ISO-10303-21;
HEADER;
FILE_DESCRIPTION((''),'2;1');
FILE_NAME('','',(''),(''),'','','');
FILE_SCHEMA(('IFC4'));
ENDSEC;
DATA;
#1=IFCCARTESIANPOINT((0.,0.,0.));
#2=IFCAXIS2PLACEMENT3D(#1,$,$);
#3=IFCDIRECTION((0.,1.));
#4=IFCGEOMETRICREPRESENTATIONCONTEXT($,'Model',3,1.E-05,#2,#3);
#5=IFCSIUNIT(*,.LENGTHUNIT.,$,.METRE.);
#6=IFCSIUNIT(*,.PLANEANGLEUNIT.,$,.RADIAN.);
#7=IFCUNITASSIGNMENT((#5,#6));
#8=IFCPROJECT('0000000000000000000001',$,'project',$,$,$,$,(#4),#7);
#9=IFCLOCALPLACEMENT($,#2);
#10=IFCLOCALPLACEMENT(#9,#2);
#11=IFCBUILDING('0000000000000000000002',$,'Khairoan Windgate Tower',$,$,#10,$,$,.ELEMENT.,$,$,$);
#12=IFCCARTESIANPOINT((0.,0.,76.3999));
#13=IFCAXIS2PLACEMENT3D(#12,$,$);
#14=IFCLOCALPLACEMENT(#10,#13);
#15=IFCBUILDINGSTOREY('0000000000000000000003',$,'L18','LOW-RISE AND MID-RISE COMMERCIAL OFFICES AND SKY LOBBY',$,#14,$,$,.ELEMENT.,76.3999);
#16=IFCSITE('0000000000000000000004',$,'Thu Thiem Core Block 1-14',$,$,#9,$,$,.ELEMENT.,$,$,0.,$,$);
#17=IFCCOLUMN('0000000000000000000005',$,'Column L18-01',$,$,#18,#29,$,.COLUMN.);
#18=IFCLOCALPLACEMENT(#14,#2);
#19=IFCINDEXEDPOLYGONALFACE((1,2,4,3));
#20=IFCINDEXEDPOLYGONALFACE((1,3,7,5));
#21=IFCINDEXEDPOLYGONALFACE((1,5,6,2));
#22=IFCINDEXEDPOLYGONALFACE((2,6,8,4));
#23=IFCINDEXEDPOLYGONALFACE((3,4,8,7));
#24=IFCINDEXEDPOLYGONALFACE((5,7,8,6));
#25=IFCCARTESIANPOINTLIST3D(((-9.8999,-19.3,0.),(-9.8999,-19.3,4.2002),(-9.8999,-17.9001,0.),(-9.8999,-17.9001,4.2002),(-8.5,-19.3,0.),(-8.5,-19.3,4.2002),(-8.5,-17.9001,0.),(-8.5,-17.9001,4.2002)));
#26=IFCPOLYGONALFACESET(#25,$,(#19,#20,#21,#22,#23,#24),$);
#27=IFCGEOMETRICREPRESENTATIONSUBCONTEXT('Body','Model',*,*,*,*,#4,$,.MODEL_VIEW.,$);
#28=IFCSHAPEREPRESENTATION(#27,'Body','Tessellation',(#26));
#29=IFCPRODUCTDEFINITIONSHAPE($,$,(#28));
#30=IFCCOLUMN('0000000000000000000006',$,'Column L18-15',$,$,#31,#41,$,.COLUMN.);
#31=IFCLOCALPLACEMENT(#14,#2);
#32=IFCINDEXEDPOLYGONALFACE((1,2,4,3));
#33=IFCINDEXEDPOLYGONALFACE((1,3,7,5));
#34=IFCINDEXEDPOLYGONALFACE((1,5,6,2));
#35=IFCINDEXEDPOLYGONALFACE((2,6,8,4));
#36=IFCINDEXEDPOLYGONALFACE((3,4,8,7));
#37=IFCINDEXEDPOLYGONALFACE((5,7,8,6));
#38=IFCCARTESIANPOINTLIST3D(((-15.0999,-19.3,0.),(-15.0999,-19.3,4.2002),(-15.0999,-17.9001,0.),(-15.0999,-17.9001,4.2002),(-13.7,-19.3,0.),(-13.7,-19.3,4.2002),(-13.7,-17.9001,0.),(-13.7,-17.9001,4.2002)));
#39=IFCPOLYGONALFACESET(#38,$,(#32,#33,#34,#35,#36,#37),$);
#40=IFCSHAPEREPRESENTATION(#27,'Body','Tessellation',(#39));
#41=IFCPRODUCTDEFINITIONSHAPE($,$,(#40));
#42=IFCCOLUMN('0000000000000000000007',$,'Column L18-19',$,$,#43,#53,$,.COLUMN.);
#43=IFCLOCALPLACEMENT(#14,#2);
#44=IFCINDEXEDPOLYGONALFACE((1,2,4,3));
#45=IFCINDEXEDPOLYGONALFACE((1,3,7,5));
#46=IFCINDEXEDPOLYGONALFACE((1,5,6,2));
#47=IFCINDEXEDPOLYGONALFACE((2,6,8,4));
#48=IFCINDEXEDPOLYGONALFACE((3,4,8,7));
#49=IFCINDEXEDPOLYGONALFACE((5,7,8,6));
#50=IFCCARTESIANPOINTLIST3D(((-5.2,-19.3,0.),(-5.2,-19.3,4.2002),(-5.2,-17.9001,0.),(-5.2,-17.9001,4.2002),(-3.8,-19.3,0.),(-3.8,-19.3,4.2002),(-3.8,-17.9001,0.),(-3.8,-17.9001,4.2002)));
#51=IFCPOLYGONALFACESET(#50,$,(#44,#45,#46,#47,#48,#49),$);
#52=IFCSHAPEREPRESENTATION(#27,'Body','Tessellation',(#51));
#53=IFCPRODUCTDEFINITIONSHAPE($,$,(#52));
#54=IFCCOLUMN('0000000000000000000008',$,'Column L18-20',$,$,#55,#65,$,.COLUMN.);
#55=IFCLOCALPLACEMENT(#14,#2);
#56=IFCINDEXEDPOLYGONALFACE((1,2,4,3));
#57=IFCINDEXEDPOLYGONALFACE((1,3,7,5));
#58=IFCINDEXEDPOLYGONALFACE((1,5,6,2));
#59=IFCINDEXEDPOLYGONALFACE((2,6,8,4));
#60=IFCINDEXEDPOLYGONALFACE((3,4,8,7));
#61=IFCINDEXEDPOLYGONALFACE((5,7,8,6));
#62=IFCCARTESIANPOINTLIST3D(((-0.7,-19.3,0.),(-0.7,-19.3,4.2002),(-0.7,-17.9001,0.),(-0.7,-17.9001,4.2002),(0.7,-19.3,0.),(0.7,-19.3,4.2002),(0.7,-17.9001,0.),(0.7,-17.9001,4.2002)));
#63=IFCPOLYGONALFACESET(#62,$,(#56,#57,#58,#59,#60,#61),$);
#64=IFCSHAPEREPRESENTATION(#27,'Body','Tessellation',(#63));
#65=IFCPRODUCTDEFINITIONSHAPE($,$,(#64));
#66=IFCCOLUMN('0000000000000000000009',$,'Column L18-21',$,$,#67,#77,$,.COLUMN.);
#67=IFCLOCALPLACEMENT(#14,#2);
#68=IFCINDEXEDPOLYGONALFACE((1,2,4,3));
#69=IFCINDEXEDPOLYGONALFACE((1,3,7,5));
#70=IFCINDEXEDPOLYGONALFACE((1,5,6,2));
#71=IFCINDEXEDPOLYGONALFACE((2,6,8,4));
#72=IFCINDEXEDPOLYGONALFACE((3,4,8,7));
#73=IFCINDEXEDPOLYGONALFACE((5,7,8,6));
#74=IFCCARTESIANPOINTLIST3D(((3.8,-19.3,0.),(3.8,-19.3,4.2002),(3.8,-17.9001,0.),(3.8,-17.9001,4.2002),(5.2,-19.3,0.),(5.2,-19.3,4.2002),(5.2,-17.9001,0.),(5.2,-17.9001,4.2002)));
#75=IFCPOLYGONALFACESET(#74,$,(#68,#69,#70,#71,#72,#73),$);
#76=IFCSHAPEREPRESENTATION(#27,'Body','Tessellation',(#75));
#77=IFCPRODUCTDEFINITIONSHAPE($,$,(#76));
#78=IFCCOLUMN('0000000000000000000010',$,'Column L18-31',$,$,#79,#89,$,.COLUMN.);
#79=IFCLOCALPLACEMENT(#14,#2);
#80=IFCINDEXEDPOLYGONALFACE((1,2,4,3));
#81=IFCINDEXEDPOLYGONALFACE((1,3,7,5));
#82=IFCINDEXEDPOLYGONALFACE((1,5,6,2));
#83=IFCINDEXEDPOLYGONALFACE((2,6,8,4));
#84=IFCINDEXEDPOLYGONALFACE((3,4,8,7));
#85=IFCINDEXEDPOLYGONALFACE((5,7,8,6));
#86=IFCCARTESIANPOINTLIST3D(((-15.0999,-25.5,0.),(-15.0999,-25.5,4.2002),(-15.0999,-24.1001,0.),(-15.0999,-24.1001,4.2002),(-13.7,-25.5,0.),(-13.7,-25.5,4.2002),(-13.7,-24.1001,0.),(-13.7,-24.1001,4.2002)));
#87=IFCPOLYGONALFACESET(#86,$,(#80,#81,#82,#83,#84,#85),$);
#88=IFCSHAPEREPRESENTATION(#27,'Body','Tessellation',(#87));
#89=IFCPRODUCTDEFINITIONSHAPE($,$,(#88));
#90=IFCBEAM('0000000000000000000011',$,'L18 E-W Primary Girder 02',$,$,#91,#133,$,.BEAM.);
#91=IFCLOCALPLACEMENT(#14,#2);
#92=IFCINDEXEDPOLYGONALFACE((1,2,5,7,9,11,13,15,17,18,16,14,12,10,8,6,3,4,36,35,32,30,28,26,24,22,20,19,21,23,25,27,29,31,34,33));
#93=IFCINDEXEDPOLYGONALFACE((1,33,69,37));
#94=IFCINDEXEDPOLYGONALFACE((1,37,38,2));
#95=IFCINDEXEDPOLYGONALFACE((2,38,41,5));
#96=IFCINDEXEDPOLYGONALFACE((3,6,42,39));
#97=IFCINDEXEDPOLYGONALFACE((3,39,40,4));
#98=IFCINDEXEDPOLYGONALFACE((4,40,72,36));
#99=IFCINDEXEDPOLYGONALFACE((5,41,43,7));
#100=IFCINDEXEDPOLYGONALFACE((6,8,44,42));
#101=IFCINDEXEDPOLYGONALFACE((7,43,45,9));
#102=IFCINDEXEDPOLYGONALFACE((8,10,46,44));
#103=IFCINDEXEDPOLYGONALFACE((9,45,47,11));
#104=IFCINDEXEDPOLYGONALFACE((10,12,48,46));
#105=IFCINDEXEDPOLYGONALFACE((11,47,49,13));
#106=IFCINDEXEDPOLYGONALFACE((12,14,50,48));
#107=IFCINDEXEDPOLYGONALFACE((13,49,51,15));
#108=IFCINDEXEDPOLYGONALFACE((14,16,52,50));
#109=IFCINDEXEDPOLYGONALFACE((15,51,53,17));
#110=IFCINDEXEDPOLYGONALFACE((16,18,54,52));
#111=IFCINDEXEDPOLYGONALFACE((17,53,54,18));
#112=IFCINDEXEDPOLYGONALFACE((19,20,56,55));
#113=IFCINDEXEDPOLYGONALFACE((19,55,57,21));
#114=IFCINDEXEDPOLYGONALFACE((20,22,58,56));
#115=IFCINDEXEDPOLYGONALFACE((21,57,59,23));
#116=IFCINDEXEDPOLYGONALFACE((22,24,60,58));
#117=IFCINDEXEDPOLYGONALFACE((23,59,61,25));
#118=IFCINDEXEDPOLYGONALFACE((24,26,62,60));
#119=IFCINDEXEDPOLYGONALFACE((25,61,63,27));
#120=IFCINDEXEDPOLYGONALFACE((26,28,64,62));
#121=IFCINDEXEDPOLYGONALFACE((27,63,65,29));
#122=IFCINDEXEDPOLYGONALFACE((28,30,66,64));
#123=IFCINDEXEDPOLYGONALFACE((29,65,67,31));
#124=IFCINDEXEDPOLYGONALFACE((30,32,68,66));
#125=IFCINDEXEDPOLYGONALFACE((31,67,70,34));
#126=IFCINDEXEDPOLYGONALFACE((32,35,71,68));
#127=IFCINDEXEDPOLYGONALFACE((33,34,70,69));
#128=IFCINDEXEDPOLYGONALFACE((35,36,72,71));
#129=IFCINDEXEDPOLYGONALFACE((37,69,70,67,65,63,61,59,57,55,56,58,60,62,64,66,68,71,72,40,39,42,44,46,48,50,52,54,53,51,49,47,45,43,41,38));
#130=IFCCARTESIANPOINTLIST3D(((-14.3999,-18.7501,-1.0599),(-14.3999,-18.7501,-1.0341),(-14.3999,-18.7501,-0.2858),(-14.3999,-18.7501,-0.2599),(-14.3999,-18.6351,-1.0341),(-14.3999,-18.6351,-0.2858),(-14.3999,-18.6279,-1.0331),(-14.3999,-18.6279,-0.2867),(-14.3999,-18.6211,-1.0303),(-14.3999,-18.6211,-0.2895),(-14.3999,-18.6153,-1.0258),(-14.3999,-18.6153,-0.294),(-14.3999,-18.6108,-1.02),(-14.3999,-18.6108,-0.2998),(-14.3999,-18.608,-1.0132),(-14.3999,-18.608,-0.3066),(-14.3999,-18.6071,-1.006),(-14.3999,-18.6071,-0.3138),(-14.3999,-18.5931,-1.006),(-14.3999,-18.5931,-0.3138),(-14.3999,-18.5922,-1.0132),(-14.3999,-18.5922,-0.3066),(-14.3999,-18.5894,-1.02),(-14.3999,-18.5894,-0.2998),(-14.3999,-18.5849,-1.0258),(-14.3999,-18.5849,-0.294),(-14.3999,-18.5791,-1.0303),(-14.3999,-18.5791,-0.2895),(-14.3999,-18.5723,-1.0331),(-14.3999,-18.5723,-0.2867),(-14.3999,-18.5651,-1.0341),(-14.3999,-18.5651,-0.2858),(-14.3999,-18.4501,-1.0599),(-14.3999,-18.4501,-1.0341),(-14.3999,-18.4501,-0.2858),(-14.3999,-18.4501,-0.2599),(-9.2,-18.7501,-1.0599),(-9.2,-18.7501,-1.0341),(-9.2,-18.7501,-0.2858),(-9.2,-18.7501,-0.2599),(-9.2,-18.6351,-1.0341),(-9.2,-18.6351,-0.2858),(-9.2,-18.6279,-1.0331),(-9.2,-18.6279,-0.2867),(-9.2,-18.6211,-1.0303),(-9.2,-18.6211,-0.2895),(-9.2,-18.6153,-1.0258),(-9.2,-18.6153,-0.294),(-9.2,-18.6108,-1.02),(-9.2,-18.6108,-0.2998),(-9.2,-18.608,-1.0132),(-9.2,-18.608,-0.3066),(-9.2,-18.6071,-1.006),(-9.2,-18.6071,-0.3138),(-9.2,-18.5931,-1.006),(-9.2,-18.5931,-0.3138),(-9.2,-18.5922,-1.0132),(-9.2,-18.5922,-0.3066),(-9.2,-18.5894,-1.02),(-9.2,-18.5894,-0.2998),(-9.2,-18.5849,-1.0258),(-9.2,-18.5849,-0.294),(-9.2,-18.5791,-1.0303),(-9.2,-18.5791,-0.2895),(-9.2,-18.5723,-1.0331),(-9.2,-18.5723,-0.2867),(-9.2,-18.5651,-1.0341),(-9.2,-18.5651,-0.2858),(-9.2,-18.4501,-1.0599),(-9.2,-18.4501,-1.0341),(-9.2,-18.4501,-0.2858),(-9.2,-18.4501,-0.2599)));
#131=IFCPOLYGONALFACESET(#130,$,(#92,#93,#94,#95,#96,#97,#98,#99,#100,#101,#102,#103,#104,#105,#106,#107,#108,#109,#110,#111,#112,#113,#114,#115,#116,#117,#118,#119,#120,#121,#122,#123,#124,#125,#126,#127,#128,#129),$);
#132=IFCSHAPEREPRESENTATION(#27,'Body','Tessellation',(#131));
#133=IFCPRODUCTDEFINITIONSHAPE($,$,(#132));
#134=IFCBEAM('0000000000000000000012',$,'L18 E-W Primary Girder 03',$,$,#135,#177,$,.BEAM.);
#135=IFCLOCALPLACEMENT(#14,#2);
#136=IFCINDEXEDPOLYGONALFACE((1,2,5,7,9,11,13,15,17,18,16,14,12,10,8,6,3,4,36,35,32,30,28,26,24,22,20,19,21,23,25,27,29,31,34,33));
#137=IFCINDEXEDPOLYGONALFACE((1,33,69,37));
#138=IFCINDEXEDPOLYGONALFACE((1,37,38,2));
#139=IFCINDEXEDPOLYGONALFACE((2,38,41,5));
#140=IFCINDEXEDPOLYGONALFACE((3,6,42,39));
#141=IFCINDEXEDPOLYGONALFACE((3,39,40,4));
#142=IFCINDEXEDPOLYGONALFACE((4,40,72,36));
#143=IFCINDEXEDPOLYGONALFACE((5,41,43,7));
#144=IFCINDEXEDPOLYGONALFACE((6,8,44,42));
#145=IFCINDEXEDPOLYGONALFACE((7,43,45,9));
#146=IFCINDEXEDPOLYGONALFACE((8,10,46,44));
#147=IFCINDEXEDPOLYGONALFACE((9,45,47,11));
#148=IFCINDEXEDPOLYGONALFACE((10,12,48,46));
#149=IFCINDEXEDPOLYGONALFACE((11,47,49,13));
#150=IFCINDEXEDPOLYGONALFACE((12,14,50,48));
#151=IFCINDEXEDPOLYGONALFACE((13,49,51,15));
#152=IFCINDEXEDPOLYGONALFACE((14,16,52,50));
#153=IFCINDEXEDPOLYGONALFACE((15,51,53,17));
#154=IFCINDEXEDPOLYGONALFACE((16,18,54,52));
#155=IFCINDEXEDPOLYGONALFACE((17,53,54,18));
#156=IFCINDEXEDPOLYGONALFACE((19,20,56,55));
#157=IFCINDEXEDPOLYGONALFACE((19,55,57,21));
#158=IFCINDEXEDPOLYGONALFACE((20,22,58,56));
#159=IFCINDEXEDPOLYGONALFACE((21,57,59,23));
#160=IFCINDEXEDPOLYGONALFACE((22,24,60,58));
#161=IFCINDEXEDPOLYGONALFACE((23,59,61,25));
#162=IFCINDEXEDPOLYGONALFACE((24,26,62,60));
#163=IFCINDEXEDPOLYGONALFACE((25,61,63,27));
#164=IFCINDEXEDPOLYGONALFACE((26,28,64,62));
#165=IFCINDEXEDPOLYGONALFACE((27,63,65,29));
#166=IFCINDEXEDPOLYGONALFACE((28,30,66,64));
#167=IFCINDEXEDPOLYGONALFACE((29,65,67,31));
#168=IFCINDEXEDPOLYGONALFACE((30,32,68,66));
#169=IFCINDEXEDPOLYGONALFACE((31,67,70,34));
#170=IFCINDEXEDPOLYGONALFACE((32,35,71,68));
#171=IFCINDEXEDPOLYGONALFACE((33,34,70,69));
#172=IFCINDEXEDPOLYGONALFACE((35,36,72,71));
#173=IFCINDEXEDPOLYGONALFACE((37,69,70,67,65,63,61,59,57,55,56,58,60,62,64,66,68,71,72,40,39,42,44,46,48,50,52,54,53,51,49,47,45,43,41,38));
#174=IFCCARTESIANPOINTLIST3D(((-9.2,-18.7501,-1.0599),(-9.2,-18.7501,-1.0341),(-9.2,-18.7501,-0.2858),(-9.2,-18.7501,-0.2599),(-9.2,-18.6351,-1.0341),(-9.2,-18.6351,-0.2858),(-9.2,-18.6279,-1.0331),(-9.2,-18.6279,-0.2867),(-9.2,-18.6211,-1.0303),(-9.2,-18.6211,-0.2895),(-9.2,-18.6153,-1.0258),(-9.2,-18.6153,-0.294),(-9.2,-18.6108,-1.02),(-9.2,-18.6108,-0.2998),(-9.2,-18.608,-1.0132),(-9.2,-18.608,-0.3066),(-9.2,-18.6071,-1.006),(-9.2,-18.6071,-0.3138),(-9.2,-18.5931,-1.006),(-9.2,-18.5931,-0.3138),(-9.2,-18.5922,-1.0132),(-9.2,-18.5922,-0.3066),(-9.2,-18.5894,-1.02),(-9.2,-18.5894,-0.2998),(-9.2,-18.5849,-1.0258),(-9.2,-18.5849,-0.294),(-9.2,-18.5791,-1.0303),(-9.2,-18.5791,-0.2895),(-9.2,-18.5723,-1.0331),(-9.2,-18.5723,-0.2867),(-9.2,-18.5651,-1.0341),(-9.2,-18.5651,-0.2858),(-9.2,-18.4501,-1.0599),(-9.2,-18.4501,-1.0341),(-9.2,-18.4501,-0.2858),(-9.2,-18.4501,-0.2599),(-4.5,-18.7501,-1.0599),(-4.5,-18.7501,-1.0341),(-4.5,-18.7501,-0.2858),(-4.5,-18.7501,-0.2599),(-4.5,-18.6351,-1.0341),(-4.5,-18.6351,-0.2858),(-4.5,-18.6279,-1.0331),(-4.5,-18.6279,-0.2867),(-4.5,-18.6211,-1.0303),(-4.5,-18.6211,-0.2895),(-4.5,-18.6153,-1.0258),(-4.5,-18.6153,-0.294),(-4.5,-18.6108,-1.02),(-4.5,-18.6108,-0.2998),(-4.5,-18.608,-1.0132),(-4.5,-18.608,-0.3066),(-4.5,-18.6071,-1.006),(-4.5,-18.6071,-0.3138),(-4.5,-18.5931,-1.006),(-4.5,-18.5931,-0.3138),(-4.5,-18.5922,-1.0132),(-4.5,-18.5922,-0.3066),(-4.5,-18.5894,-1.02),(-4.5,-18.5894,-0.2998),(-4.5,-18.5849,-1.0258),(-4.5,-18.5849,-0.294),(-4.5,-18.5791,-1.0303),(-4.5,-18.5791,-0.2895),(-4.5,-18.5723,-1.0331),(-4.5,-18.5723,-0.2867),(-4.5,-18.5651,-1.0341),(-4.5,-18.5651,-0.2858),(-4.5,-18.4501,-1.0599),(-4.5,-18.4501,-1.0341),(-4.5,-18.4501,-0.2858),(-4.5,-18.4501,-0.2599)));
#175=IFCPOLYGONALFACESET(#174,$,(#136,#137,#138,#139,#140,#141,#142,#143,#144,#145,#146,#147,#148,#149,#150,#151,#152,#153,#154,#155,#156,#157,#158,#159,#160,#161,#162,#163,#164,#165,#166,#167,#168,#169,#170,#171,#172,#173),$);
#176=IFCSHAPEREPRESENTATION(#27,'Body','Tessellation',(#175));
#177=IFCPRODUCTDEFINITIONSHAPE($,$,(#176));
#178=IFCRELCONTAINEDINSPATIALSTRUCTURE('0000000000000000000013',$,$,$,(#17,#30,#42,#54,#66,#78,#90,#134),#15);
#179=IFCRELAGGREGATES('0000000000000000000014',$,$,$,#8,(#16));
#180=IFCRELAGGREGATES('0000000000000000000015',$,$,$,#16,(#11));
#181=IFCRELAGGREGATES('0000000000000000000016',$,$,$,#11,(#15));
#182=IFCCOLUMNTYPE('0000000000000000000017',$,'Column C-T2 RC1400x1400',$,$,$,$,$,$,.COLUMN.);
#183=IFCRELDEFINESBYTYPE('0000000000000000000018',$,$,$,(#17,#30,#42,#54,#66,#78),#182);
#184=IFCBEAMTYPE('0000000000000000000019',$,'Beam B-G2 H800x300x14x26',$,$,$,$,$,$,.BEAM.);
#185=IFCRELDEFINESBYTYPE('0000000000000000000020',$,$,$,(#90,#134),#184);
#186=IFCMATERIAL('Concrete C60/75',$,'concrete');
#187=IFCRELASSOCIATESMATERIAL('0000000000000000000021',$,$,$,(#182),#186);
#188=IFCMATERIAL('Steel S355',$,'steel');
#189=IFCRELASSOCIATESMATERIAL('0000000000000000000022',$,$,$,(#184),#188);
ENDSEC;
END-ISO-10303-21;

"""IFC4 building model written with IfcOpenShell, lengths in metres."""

from ifc_helpers import new_model, si_unit, direction, frame, origin, origin_2d, place, context, subcontext, project, spatial, rectangle, i_section, extrude, material, material_profile, profile_set, type_object, element, save


model = new_model("IFC4")

# Units and contexts
model_context = context("Model", 3, precision=1e-05, world=origin(), true_north=direction((0.0, 1.0)))
body_context = subcontext(model_context, "Body", "Model", "MODEL_VIEW")
ifc_project = project(units=[si_unit("LENGTHUNIT", "METRE"), si_unit("PLANEANGLEUNIT", "RADIAN")], contexts=[model_context])

# Site, building, storey
site_placement = place(None, origin())
site = spatial("IfcSite", under=ifc_project, at=site_placement, Name="Thu Thiem Core Block 1-14", CompositionType="ELEMENT", RefElevation=0.0)
building_placement = place(site_placement, origin())
building = spatial("IfcBuilding", under=site, at=building_placement, Name="Khairoan Windgate Tower", CompositionType="ELEMENT")
storey_placement = place(building_placement, frame((0.0, 0.0, 76.3999)))
storey = spatial("IfcBuildingStorey", under=building, at=storey_placement, Name="L18", Description="LOW-RISE AND MID-RISE COMMERCIAL OFFICES AND SKY LOBBY", CompositionType="ELEMENT", Elevation=76.3999)

# Columns
ifc_material_1 = material(Name="Concrete C60/75", Category="concrete")
ifc_material_profile_1 = material_profile(ifc_material_1, rectangle(XDim=1.3999, YDim=1.3999, at=origin_2d()))
ifc_profile_set_1 = profile_set([ifc_material_profile_1], Name="Concrete C60/75")
column_type = type_object("IfcColumnType", Name="Column C-T2 RC1400x1400", PredefinedType="COLUMN", material=ifc_profile_set_1)
for number, where, z_axis, x_axis, name in (
    (1, (-9.2, -18.6001, 0.0), (0.0, 0.0, 1.0), (1.0, 0.0, 0.0), "Column L18-01"),
    (2, (-14.3999, -18.6001, 0.0), (0.0, 0.0, 1.0), (1.0, 0.0, 0.0), "Column L18-15"),
    (3, (-4.5, -18.6001, 0.0), (0.0, 0.0, 1.0), (1.0, 0.0, 0.0), "Column L18-19"),
    (4, (0.0, -18.6001, 0.0), (0.0, 0.0, 1.0), (1.0, 0.0, 0.0), "Column L18-20"),
    (5, (4.5, -18.6001, 0.0), (0.0, 0.0, 1.0), (1.0, 0.0, 0.0), "Column L18-21"),
    (6, (-14.3999, -24.8, 0.0), (0.0, 0.0, 1.0), (1.0, 0.0, 0.0), "Column L18-31"),
):
    element("IfcColumn", number, at=place(storey_placement, frame(where, z_axis=z_axis, x_axis=x_axis)), inside=storey, type_object=column_type, Name=name, PredefinedType="COLUMN", context=body_context, shape_type="SweptSolid", body=[
        extrude(rectangle(XDim=1.3999, YDim=1.3999, at=origin_2d()), origin(), (0.0, 0.0, 1.0), 4.2002),
    ])

# Beams
ifc_material_2 = material(Name="Steel S355", Category="steel")
ifc_material_profile_2 = material_profile(ifc_material_2, i_section(OverallWidth=0.3, OverallDepth=0.8, WebThickness=0.0139, FlangeThickness=0.0259, FilletRadius=0.0281, at=origin_2d()))
ifc_profile_set_2 = profile_set([ifc_material_profile_2], Name="Steel S355")
beam_type = type_object("IfcBeamType", Name="Beam B-G2 H800x300x14x26", PredefinedType="BEAM", material=ifc_profile_set_2)
beam_1_placement = place(storey_placement, frame((-14.3999, -18.6001, -0.6599), z_axis=(1.0, 0.0, 0.0), x_axis=(0.0, 1.0, 0.0)))
element("IfcBeam", 7, at=beam_1_placement, inside=storey, type_object=beam_type, Name="L18 E-W Primary Girder 02", PredefinedType="BEAM", context=body_context, shape_type="SweptSolid", body=[
    extrude(i_section(OverallWidth=0.3, OverallDepth=0.8, WebThickness=0.0139, FlangeThickness=0.0259, FilletRadius=0.0281, at=origin_2d()), origin(), (0.0, 0.0, 1.0), 5.2),
])
beam_2_placement = place(storey_placement, frame((-9.2, -18.6001, -0.6599), z_axis=(1.0, 0.0, 0.0), x_axis=(0.0, 1.0, 0.0)))
element("IfcBeam", 8, at=beam_2_placement, inside=storey, type_object=beam_type, Name="L18 E-W Primary Girder 03", PredefinedType="BEAM", context=body_context, shape_type="SweptSolid", body=[
    extrude(i_section(OverallWidth=0.3, OverallDepth=0.8, WebThickness=0.0139, FlangeThickness=0.0259, FilletRadius=0.0281, at=origin_2d()), origin(), (0.0, 0.0, 1.0), 4.7),
])

save(model, "model.ifc")
